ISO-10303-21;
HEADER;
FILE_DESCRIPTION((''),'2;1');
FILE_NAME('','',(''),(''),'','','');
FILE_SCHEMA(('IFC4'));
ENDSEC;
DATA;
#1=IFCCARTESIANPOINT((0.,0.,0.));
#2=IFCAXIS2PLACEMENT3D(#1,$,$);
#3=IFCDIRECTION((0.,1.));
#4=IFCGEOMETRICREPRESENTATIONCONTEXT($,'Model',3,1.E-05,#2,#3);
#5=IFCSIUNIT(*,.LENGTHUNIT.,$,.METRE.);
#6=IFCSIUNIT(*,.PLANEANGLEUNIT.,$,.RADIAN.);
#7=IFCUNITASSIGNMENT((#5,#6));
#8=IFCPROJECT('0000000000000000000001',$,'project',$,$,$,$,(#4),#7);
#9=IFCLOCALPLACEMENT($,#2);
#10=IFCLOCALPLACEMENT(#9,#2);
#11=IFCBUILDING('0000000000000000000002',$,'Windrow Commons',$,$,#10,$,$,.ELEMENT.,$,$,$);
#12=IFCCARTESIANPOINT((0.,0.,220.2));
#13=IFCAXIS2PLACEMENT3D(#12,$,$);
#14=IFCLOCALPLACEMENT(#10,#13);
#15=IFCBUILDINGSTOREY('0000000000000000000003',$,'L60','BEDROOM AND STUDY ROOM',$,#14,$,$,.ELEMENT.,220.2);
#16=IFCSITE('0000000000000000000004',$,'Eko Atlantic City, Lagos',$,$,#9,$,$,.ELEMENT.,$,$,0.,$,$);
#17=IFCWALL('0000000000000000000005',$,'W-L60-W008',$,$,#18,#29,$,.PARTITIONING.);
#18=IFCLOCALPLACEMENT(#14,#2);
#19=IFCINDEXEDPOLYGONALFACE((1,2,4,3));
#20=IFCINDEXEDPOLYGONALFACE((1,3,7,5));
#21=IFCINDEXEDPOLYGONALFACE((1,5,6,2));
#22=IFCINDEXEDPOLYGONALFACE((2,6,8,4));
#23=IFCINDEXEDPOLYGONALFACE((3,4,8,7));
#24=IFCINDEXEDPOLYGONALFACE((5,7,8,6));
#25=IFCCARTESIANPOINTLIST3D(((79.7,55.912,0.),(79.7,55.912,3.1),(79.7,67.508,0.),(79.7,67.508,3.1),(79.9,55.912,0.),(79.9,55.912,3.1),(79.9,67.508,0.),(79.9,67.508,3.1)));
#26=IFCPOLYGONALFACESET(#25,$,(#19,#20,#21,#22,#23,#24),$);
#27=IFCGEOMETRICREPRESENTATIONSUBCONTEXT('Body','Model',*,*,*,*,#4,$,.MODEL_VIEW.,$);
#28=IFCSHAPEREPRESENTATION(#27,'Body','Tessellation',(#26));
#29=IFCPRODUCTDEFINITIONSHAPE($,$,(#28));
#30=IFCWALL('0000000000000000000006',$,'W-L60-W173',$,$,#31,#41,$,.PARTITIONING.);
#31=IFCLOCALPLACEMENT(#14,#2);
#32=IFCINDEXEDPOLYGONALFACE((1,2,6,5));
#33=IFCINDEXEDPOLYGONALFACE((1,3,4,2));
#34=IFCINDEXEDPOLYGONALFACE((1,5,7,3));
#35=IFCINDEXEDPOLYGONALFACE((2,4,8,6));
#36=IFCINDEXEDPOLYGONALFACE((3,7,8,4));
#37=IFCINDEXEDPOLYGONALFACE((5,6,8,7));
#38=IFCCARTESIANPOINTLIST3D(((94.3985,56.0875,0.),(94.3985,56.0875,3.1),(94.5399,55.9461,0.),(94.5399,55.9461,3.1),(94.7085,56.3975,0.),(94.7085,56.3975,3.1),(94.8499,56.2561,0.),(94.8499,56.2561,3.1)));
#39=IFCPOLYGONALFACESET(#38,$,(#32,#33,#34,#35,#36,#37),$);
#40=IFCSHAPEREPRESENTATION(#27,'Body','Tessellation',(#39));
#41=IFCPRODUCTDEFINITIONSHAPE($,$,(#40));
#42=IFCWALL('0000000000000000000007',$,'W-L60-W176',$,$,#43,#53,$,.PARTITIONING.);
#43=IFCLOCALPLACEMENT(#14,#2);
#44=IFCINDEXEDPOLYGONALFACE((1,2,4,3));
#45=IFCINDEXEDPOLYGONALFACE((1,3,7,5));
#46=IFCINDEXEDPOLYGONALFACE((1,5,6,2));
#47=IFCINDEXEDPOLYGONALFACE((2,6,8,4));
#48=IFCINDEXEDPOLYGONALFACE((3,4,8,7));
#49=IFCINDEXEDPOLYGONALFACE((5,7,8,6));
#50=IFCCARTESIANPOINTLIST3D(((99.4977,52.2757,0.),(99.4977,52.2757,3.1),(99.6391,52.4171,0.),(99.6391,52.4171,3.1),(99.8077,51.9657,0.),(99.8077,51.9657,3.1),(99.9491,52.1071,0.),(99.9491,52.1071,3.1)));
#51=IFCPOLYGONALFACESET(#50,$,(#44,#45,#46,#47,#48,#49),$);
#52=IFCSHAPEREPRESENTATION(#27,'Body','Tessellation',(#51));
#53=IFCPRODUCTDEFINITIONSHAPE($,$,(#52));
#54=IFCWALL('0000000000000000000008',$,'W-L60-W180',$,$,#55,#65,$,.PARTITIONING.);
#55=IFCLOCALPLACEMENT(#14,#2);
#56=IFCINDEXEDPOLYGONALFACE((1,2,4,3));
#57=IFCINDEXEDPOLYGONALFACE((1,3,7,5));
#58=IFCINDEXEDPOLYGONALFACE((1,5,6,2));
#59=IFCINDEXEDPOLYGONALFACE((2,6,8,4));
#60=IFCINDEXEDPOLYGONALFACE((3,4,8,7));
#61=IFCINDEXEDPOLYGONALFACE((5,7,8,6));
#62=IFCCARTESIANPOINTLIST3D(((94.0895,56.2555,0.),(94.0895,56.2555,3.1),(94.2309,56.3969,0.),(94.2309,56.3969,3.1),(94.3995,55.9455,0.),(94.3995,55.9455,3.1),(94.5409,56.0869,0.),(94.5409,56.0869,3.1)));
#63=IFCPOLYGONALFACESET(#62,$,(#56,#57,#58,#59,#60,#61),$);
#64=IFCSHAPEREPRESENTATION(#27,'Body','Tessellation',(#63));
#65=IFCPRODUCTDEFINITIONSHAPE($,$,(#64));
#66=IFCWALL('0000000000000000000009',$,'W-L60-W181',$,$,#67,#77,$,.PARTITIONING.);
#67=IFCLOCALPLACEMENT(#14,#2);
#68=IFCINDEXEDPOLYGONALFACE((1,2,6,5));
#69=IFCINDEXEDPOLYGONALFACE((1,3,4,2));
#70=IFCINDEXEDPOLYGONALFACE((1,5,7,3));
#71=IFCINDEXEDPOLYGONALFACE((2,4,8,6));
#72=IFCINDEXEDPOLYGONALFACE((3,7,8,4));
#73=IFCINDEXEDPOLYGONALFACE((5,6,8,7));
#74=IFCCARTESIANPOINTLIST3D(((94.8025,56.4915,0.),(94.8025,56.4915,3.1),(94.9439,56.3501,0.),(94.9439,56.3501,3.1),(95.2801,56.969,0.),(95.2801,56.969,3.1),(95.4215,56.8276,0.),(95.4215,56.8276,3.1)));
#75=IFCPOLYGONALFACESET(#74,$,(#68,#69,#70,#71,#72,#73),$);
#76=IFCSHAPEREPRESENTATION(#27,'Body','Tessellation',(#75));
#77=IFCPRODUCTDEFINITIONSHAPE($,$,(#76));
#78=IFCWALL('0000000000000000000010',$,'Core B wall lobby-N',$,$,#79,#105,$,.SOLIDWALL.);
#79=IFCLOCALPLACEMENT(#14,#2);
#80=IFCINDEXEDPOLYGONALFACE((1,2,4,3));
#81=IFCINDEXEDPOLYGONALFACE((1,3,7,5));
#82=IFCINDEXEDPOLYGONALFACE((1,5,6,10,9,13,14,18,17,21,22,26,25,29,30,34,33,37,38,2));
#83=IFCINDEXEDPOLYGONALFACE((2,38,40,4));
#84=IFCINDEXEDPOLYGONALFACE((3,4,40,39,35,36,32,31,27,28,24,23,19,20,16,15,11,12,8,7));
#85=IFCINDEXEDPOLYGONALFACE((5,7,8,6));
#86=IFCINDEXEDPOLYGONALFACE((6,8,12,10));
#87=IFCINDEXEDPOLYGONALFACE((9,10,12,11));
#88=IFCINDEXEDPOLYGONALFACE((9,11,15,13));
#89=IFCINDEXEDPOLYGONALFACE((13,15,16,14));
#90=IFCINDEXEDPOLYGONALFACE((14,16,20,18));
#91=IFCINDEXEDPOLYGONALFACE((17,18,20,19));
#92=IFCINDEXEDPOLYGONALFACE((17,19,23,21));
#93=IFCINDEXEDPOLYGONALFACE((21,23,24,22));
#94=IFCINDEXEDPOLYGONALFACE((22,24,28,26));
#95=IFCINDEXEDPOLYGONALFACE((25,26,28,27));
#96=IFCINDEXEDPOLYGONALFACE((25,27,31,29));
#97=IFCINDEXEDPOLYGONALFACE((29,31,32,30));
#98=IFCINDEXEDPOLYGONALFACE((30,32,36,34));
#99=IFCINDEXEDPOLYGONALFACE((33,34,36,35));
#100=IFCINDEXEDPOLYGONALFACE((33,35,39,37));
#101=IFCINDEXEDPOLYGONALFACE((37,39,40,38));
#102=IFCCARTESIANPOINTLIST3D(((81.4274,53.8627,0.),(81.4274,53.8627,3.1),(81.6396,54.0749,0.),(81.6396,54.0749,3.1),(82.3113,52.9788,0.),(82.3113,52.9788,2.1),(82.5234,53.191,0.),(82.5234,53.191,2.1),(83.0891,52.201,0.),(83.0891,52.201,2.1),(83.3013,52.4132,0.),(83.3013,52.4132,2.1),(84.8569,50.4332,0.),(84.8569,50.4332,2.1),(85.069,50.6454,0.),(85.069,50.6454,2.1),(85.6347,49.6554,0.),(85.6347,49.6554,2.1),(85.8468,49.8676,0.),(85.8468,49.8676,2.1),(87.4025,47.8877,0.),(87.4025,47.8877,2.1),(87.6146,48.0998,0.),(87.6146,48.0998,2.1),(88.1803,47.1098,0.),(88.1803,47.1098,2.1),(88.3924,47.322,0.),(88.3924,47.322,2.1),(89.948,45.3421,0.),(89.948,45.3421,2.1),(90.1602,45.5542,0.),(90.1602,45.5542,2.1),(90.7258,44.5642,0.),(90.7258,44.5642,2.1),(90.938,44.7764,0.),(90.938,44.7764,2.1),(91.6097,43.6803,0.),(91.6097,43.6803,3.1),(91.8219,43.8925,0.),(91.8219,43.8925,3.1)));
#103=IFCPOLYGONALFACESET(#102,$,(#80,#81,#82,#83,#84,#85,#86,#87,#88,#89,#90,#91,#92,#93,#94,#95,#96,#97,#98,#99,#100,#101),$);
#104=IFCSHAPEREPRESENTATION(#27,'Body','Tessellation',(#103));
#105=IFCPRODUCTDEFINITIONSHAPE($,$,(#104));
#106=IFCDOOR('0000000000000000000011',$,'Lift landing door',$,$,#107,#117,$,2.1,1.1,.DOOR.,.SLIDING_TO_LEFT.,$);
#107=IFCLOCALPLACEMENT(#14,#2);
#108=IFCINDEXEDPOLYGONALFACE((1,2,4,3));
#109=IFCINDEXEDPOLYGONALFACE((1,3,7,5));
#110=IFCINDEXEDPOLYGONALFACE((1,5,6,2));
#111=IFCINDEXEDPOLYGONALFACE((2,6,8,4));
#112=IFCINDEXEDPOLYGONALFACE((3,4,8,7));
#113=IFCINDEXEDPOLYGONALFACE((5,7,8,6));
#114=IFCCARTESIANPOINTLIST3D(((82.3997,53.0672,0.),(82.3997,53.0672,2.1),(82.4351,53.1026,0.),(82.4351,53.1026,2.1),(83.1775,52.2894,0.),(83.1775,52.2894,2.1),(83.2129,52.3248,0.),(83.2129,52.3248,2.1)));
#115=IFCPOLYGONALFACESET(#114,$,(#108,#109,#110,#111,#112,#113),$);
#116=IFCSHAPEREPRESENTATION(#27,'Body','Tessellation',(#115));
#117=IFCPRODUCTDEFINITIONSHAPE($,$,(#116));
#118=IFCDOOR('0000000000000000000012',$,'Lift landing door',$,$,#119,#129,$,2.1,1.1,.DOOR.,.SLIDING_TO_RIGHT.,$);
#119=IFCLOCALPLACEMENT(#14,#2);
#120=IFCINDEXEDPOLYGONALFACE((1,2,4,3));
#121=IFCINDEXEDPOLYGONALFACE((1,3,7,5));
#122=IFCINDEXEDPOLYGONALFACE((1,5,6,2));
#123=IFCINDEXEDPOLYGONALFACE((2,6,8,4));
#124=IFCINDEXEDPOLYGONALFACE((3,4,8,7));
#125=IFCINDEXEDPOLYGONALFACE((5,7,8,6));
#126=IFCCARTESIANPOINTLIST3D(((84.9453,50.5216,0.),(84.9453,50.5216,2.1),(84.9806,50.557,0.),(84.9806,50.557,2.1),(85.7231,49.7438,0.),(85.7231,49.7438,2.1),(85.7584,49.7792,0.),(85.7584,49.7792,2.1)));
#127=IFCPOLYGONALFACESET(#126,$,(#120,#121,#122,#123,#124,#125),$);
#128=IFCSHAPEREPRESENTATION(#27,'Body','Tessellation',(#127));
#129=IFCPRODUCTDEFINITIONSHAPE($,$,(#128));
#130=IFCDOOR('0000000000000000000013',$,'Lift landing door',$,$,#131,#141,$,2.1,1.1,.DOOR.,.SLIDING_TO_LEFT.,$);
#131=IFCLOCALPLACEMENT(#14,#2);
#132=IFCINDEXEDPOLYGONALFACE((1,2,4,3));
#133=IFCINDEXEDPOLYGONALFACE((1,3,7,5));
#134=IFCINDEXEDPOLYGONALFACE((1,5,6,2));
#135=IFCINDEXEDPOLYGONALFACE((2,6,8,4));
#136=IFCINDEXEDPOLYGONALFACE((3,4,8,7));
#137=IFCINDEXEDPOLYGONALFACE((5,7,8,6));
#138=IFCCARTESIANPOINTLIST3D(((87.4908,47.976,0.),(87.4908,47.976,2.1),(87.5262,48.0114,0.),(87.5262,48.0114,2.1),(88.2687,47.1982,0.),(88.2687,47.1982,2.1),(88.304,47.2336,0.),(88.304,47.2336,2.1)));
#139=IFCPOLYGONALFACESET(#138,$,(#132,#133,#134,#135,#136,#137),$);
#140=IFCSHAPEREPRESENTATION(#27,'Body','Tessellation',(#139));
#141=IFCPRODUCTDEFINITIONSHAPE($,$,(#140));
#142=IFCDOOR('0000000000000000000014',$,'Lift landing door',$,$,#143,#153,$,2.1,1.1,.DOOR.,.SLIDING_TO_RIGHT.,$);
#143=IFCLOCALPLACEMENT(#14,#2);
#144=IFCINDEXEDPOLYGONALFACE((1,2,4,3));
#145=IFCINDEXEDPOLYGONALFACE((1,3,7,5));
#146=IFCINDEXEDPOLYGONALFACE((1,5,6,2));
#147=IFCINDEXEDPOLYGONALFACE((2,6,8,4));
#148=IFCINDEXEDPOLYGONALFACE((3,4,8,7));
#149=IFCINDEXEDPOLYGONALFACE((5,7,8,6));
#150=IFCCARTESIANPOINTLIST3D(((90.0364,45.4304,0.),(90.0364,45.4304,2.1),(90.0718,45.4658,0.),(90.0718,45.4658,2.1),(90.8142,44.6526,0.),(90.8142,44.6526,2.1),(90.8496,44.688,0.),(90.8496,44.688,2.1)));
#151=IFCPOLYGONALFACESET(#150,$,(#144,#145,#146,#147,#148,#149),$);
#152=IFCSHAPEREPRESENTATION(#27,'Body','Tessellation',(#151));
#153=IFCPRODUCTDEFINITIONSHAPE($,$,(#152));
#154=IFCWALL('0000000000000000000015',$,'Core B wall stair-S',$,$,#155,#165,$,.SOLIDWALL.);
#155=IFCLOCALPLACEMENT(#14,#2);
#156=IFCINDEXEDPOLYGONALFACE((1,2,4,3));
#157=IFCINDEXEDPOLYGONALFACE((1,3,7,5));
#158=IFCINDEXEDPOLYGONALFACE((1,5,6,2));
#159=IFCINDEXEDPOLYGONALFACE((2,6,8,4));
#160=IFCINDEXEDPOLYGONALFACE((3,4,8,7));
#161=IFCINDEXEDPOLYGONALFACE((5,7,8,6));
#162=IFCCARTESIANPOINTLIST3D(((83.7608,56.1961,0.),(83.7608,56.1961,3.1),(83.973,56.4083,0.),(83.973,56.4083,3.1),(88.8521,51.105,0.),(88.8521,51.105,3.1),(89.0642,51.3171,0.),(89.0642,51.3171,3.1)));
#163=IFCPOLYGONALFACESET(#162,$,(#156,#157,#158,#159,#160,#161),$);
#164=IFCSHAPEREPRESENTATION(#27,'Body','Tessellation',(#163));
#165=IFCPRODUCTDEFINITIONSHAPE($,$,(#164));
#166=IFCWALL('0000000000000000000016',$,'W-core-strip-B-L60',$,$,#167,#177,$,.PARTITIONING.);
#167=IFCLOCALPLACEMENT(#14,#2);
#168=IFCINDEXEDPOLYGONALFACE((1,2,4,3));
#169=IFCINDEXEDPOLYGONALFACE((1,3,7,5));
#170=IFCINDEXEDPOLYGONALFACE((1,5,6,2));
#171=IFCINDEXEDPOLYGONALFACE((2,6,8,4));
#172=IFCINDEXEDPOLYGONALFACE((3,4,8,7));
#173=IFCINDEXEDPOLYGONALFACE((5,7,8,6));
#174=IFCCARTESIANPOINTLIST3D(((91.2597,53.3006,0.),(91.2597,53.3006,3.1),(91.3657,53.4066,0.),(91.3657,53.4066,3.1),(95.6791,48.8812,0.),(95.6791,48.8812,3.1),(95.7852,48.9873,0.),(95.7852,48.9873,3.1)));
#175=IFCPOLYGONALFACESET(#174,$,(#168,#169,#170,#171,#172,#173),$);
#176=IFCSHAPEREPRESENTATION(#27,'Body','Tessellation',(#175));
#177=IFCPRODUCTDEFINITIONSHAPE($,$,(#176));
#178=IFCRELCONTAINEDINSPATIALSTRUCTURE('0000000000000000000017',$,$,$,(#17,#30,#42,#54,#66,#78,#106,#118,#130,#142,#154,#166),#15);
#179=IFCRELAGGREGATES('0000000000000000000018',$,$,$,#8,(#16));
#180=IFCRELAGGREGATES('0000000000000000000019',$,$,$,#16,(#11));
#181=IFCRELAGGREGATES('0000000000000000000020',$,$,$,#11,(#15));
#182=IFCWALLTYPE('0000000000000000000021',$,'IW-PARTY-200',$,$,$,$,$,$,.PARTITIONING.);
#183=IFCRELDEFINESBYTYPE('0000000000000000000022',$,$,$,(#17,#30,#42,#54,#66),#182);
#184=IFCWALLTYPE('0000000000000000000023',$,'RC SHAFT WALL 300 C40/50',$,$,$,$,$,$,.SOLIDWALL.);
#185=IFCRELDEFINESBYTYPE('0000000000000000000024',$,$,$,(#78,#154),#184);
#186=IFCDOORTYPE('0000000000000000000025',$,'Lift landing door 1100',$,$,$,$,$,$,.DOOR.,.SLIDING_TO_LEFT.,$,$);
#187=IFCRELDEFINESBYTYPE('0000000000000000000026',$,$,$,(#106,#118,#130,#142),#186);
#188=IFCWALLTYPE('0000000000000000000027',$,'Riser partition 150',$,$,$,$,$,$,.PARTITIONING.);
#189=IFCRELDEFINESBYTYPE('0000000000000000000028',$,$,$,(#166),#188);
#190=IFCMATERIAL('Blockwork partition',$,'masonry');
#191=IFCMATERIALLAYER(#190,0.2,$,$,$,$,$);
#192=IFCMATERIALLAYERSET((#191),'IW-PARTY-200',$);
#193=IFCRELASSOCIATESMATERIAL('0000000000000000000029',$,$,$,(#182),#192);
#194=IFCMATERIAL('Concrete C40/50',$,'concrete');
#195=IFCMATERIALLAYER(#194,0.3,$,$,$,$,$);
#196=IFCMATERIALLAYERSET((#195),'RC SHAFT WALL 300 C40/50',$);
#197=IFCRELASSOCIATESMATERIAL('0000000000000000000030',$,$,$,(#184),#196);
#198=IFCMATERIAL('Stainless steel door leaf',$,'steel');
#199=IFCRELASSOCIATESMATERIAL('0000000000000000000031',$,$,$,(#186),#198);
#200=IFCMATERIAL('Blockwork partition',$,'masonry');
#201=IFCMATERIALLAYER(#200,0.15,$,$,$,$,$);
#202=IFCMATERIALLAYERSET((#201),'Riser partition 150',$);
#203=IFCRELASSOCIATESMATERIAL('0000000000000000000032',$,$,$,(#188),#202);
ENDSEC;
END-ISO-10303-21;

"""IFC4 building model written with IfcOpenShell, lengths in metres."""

from ifc_helpers import new_model, si_unit, direction, frame, frame_2d, origin, place, context, subcontext, project, spatial, rectangle, extrude, material, layer, layer_set, type_object, element, fill, save


model = new_model("IFC4")

# Units and contexts
model_context = context("Model", 3, precision=1e-05, world=origin(), true_north=direction((0.0, 1.0)))
body_context = subcontext(model_context, "Body", "Model", "MODEL_VIEW")
ifc_project = project(units=[si_unit("LENGTHUNIT", "METRE"), si_unit("PLANEANGLEUNIT", "RADIAN")], contexts=[model_context])

# Site, building, storey
site_placement = place(None, origin())
site = spatial("IfcSite", under=ifc_project, at=site_placement, Name="Eko Atlantic City, Lagos", CompositionType="ELEMENT", RefElevation=0.0)
building_placement = place(site_placement, origin())
building = spatial("IfcBuilding", under=site, at=building_placement, Name="Windrow Commons", CompositionType="ELEMENT")
storey_placement = place(building_placement, frame((0.0, 0.0, 220.2)))
storey = spatial("IfcBuildingStorey", under=building, at=storey_placement, Name="L60", Description="BEDROOM AND STUDY ROOM", CompositionType="ELEMENT", Elevation=220.2)

# Walls
ifc_material_1 = material(Name="Blockwork partition", Category="masonry")
ifc_layer_1 = layer(ifc_material_1, 0.2)
ifc_layer_set_1 = layer_set([ifc_layer_1], Name="IW-PARTY-200")
wall_type_1 = type_object("IfcWallType", Name="IW-PARTY-200", PredefinedType="PARTITIONING", material=ifc_layer_set_1)
wall_1_placement = place(storey_placement, frame((79.8, 55.912, 0.0), z_axis=(0.0, 0.0, 1.0), x_axis=(0.0, 1.0, 0.0)))
element("IfcWall", 1, at=wall_1_placement, inside=storey, type_object=wall_type_1, Name="W-L60-W008", PredefinedType="PARTITIONING", context=body_context, shape_type="SweptSolid", body=[
    extrude(rectangle(XDim=11.596, YDim=0.2, at=frame_2d((5.798, 0.0))), origin(), (0.0, 0.0, 1.0), 3.1),
])
for number, where, z_axis, x_axis, name in (
    (2, (94.4692, 56.0168, 0.0), (0.0, 0.0, 1.0), (0.707107, 0.707107, 0.0), "W-L60-W173"),
    (3, (99.5684, 52.3464, 0.0), (0.0, 0.0, 1.0), (0.707107, -0.707107, 0.0), "W-L60-W176"),
    (4, (94.1602, 56.3262, 0.0), (0.0, 0.0, 1.0), (0.707107, -0.707107, 0.0), "W-L60-W180"),
):
    element("IfcWall", number, at=place(storey_placement, frame(where, z_axis=z_axis, x_axis=x_axis)), inside=storey, type_object=wall_type_1, Name=name, PredefinedType="PARTITIONING", context=body_context, shape_type="SweptSolid", body=[
        extrude(rectangle(XDim=0.4384, YDim=0.2, at=frame_2d((0.2192, 0.0))), origin(), (0.0, 0.0, 1.0), 3.1),
    ])
wall_2_placement = place(storey_placement, frame((94.8732, 56.4208, 0.0), z_axis=(0.0, 0.0, 1.0), x_axis=(0.707181, 0.707033, 0.0)))
element("IfcWall", 5, at=wall_2_placement, inside=storey, type_object=wall_type_1, Name="W-L60-W181", PredefinedType="PARTITIONING", context=body_context, shape_type="SweptSolid", body=[
    extrude(rectangle(XDim=0.6754, YDim=0.2, at=frame_2d((0.3377, 0.0))), origin(), (0.0, 0.0, 1.0), 3.1),
])

# Wall, openings, doors
ifc_material_2 = material(Name="Concrete C40/50", Category="concrete")
ifc_layer_2 = layer(ifc_material_2, 0.3)
ifc_layer_set_2 = layer_set([ifc_layer_2], Name="RC SHAFT WALL 300 C40/50")
wall_type_2 = type_object("IfcWallType", Name="RC SHAFT WALL 300 C40/50", PredefinedType="SOLIDWALL", material=ifc_layer_set_2)
wall_3_placement = place(storey_placement, frame((81.5335, 53.9688, 0.0), z_axis=(0.0, 0.0, 1.0), x_axis=(0.707103, -0.70711, 0.0)))
wall_3 = element("IfcWall", 6, at=wall_3_placement, inside=storey, type_object=wall_type_2, Name="Core B wall lobby-N", PredefinedType="SOLIDWALL", context=body_context, shape_type="SweptSolid", body=[
    extrude(rectangle(XDim=14.4, YDim=0.3, at=frame_2d((7.2, 0.0))), origin(), (0.0, 0.0, 1.0), 3.1),
])
opening_1_placement = place(wall_3_placement, frame((1.25, 0.0, 0.0)))
opening_1 = element("IfcOpeningElement", 7, at=opening_1_placement, cuts=wall_3, PredefinedType="OPENING", context=body_context, shape_type="SweptSolid", body=[
    extrude(rectangle(XDim=1.1, YDim=2.1, at=frame_2d((0.55, 1.05))), frame((0.0, 0.16, 0.0), z_axis=(0.0, -1.0, 0.0), x_axis=(1.0, 0.0, 0.0)), (0.0, 0.0, 1.0), 0.32),
])
opening_2_placement = place(wall_3_placement, frame((4.85, 0.0, 0.0)))
opening_2 = element("IfcOpeningElement", 8, at=opening_2_placement, cuts=wall_3, PredefinedType="OPENING", context=body_context, shape_type="SweptSolid", body=[
    extrude(rectangle(XDim=1.1, YDim=2.1, at=frame_2d((0.55, 1.05))), frame((0.0, 0.16, 0.0), z_axis=(0.0, -1.0, 0.0), x_axis=(1.0, 0.0, 0.0)), (0.0, 0.0, 1.0), 0.32),
])
opening_3_placement = place(wall_3_placement, frame((8.45, 0.0, 0.0)))
opening_3 = element("IfcOpeningElement", 9, at=opening_3_placement, cuts=wall_3, PredefinedType="OPENING", context=body_context, shape_type="SweptSolid", body=[
    extrude(rectangle(XDim=1.1, YDim=2.1, at=frame_2d((0.55, 1.05))), frame((0.0, 0.16, 0.0), z_axis=(0.0, -1.0, 0.0), x_axis=(1.0, 0.0, 0.0)), (0.0, 0.0, 1.0), 0.32),
])
opening_4_placement = place(wall_3_placement, frame((12.05, 0.0, 0.0)))
opening_4 = element("IfcOpeningElement", 10, at=opening_4_placement, cuts=wall_3, PredefinedType="OPENING", context=body_context, shape_type="SweptSolid", body=[
    extrude(rectangle(XDim=1.1, YDim=2.1, at=frame_2d((0.55, 1.05))), frame((0.0, 0.16, 0.0), z_axis=(0.0, -1.0, 0.0), x_axis=(1.0, 0.0, 0.0)), (0.0, 0.0, 1.0), 0.32),
])
ifc_material_3 = material(Name="Stainless steel door leaf", Category="steel")
door_type_1 = type_object("IfcDoorType", Name="Lift landing door 1100", OperationType="SLIDING_TO_LEFT", PredefinedType="DOOR", material=ifc_material_3)
door_1_placement = place(opening_1_placement, origin())
door_1 = element("IfcDoor", 11, at=door_1_placement, inside=storey, type_object=door_type_1, Name="Lift landing door", OperationType="SLIDING_TO_LEFT", OverallHeight=2.1, OverallWidth=1.1, PredefinedType="DOOR", context=body_context, shape_type="SweptSolid", body=[
    extrude(rectangle(XDim=1.1, YDim=2.1, at=frame_2d((0.55, 1.05))), frame((0.0, 0.025, 0.0), z_axis=(0.0, -1.0, 0.0), x_axis=(1.0, 0.0, 0.0)), (0.0, 0.0, 1.0), 0.05),
])
fill(opening_1, door_1)
door_2_placement = place(opening_2_placement, origin())
door_2 = element("IfcDoor", 12, at=door_2_placement, inside=storey, type_object=door_type_1, Name="Lift landing door", OperationType="SLIDING_TO_RIGHT", OverallHeight=2.1, OverallWidth=1.1, PredefinedType="DOOR", context=body_context, shape_type="SweptSolid", body=[
    extrude(rectangle(XDim=1.1, YDim=2.1, at=frame_2d((0.55, 1.05))), frame((0.0, 0.025, 0.0), z_axis=(0.0, -1.0, 0.0), x_axis=(1.0, 0.0, 0.0)), (0.0, 0.0, 1.0), 0.05),
])
fill(opening_2, door_2)
door_3_placement = place(opening_3_placement, origin())
door_3 = element("IfcDoor", 13, at=door_3_placement, inside=storey, type_object=door_type_1, Name="Lift landing door", OperationType="SLIDING_TO_LEFT", OverallHeight=2.1, OverallWidth=1.1, PredefinedType="DOOR", context=body_context, shape_type="SweptSolid", body=[
    extrude(rectangle(XDim=1.1, YDim=2.1, at=frame_2d((0.55, 1.05))), frame((0.0, 0.025, 0.0), z_axis=(0.0, -1.0, 0.0), x_axis=(1.0, 0.0, 0.0)), (0.0, 0.0, 1.0), 0.05),
])
fill(opening_3, door_3)
door_4_placement = place(opening_4_placement, origin())
door_4 = element("IfcDoor", 14, at=door_4_placement, inside=storey, type_object=door_type_1, Name="Lift landing door", OperationType="SLIDING_TO_RIGHT", OverallHeight=2.1, OverallWidth=1.1, PredefinedType="DOOR", context=body_context, shape_type="SweptSolid", body=[
    extrude(rectangle(XDim=1.1, YDim=2.1, at=frame_2d((0.55, 1.05))), frame((0.0, 0.025, 0.0), z_axis=(0.0, -1.0, 0.0), x_axis=(1.0, 0.0, 0.0)), (0.0, 0.0, 1.0), 0.05),
])
fill(opening_4, door_4)

# Walls
wall_4_placement = place(storey_placement, frame((83.8669, 56.3022, 0.0), z_axis=(0.0, 0.0, 1.0), x_axis=(0.707114, -0.7071, 0.0)))
element("IfcWall", 15, at=wall_4_placement, inside=storey, type_object=wall_type_2, Name="Core B wall stair-S", PredefinedType="SOLIDWALL", context=body_context, shape_type="SweptSolid", body=[
    extrude(rectangle(XDim=7.2, YDim=0.3, at=frame_2d((3.6, 0.0))), origin(), (0.0, 0.0, 1.0), 3.1),
])
ifc_material_4 = material(Name="Blockwork partition", Category="masonry")
ifc_layer_3 = layer(ifc_material_4, 0.15)
ifc_layer_set_3 = layer_set([ifc_layer_3], Name="Riser partition 150")
wall_type_3 = type_object("IfcWallType", Name="Riser partition 150", PredefinedType="PARTITIONING", material=ifc_layer_set_3)
wall_5_placement = place(storey_placement, frame((91.3127, 53.3536, 0.0), z_axis=(0.0, 0.0, 1.0), x_axis=(0.707115, -0.707099, 0.0)))
element("IfcWall", 16, at=wall_5_placement, inside=storey, type_object=wall_type_3, Name="W-core-strip-B-L60", PredefinedType="PARTITIONING", context=body_context, shape_type="SweptSolid", body=[
    extrude(rectangle(XDim=6.25, YDim=0.15, at=frame_2d((3.125, 0.0))), origin(), (0.0, 0.0, 1.0), 3.1),
])

save(model, "model.ifc")
